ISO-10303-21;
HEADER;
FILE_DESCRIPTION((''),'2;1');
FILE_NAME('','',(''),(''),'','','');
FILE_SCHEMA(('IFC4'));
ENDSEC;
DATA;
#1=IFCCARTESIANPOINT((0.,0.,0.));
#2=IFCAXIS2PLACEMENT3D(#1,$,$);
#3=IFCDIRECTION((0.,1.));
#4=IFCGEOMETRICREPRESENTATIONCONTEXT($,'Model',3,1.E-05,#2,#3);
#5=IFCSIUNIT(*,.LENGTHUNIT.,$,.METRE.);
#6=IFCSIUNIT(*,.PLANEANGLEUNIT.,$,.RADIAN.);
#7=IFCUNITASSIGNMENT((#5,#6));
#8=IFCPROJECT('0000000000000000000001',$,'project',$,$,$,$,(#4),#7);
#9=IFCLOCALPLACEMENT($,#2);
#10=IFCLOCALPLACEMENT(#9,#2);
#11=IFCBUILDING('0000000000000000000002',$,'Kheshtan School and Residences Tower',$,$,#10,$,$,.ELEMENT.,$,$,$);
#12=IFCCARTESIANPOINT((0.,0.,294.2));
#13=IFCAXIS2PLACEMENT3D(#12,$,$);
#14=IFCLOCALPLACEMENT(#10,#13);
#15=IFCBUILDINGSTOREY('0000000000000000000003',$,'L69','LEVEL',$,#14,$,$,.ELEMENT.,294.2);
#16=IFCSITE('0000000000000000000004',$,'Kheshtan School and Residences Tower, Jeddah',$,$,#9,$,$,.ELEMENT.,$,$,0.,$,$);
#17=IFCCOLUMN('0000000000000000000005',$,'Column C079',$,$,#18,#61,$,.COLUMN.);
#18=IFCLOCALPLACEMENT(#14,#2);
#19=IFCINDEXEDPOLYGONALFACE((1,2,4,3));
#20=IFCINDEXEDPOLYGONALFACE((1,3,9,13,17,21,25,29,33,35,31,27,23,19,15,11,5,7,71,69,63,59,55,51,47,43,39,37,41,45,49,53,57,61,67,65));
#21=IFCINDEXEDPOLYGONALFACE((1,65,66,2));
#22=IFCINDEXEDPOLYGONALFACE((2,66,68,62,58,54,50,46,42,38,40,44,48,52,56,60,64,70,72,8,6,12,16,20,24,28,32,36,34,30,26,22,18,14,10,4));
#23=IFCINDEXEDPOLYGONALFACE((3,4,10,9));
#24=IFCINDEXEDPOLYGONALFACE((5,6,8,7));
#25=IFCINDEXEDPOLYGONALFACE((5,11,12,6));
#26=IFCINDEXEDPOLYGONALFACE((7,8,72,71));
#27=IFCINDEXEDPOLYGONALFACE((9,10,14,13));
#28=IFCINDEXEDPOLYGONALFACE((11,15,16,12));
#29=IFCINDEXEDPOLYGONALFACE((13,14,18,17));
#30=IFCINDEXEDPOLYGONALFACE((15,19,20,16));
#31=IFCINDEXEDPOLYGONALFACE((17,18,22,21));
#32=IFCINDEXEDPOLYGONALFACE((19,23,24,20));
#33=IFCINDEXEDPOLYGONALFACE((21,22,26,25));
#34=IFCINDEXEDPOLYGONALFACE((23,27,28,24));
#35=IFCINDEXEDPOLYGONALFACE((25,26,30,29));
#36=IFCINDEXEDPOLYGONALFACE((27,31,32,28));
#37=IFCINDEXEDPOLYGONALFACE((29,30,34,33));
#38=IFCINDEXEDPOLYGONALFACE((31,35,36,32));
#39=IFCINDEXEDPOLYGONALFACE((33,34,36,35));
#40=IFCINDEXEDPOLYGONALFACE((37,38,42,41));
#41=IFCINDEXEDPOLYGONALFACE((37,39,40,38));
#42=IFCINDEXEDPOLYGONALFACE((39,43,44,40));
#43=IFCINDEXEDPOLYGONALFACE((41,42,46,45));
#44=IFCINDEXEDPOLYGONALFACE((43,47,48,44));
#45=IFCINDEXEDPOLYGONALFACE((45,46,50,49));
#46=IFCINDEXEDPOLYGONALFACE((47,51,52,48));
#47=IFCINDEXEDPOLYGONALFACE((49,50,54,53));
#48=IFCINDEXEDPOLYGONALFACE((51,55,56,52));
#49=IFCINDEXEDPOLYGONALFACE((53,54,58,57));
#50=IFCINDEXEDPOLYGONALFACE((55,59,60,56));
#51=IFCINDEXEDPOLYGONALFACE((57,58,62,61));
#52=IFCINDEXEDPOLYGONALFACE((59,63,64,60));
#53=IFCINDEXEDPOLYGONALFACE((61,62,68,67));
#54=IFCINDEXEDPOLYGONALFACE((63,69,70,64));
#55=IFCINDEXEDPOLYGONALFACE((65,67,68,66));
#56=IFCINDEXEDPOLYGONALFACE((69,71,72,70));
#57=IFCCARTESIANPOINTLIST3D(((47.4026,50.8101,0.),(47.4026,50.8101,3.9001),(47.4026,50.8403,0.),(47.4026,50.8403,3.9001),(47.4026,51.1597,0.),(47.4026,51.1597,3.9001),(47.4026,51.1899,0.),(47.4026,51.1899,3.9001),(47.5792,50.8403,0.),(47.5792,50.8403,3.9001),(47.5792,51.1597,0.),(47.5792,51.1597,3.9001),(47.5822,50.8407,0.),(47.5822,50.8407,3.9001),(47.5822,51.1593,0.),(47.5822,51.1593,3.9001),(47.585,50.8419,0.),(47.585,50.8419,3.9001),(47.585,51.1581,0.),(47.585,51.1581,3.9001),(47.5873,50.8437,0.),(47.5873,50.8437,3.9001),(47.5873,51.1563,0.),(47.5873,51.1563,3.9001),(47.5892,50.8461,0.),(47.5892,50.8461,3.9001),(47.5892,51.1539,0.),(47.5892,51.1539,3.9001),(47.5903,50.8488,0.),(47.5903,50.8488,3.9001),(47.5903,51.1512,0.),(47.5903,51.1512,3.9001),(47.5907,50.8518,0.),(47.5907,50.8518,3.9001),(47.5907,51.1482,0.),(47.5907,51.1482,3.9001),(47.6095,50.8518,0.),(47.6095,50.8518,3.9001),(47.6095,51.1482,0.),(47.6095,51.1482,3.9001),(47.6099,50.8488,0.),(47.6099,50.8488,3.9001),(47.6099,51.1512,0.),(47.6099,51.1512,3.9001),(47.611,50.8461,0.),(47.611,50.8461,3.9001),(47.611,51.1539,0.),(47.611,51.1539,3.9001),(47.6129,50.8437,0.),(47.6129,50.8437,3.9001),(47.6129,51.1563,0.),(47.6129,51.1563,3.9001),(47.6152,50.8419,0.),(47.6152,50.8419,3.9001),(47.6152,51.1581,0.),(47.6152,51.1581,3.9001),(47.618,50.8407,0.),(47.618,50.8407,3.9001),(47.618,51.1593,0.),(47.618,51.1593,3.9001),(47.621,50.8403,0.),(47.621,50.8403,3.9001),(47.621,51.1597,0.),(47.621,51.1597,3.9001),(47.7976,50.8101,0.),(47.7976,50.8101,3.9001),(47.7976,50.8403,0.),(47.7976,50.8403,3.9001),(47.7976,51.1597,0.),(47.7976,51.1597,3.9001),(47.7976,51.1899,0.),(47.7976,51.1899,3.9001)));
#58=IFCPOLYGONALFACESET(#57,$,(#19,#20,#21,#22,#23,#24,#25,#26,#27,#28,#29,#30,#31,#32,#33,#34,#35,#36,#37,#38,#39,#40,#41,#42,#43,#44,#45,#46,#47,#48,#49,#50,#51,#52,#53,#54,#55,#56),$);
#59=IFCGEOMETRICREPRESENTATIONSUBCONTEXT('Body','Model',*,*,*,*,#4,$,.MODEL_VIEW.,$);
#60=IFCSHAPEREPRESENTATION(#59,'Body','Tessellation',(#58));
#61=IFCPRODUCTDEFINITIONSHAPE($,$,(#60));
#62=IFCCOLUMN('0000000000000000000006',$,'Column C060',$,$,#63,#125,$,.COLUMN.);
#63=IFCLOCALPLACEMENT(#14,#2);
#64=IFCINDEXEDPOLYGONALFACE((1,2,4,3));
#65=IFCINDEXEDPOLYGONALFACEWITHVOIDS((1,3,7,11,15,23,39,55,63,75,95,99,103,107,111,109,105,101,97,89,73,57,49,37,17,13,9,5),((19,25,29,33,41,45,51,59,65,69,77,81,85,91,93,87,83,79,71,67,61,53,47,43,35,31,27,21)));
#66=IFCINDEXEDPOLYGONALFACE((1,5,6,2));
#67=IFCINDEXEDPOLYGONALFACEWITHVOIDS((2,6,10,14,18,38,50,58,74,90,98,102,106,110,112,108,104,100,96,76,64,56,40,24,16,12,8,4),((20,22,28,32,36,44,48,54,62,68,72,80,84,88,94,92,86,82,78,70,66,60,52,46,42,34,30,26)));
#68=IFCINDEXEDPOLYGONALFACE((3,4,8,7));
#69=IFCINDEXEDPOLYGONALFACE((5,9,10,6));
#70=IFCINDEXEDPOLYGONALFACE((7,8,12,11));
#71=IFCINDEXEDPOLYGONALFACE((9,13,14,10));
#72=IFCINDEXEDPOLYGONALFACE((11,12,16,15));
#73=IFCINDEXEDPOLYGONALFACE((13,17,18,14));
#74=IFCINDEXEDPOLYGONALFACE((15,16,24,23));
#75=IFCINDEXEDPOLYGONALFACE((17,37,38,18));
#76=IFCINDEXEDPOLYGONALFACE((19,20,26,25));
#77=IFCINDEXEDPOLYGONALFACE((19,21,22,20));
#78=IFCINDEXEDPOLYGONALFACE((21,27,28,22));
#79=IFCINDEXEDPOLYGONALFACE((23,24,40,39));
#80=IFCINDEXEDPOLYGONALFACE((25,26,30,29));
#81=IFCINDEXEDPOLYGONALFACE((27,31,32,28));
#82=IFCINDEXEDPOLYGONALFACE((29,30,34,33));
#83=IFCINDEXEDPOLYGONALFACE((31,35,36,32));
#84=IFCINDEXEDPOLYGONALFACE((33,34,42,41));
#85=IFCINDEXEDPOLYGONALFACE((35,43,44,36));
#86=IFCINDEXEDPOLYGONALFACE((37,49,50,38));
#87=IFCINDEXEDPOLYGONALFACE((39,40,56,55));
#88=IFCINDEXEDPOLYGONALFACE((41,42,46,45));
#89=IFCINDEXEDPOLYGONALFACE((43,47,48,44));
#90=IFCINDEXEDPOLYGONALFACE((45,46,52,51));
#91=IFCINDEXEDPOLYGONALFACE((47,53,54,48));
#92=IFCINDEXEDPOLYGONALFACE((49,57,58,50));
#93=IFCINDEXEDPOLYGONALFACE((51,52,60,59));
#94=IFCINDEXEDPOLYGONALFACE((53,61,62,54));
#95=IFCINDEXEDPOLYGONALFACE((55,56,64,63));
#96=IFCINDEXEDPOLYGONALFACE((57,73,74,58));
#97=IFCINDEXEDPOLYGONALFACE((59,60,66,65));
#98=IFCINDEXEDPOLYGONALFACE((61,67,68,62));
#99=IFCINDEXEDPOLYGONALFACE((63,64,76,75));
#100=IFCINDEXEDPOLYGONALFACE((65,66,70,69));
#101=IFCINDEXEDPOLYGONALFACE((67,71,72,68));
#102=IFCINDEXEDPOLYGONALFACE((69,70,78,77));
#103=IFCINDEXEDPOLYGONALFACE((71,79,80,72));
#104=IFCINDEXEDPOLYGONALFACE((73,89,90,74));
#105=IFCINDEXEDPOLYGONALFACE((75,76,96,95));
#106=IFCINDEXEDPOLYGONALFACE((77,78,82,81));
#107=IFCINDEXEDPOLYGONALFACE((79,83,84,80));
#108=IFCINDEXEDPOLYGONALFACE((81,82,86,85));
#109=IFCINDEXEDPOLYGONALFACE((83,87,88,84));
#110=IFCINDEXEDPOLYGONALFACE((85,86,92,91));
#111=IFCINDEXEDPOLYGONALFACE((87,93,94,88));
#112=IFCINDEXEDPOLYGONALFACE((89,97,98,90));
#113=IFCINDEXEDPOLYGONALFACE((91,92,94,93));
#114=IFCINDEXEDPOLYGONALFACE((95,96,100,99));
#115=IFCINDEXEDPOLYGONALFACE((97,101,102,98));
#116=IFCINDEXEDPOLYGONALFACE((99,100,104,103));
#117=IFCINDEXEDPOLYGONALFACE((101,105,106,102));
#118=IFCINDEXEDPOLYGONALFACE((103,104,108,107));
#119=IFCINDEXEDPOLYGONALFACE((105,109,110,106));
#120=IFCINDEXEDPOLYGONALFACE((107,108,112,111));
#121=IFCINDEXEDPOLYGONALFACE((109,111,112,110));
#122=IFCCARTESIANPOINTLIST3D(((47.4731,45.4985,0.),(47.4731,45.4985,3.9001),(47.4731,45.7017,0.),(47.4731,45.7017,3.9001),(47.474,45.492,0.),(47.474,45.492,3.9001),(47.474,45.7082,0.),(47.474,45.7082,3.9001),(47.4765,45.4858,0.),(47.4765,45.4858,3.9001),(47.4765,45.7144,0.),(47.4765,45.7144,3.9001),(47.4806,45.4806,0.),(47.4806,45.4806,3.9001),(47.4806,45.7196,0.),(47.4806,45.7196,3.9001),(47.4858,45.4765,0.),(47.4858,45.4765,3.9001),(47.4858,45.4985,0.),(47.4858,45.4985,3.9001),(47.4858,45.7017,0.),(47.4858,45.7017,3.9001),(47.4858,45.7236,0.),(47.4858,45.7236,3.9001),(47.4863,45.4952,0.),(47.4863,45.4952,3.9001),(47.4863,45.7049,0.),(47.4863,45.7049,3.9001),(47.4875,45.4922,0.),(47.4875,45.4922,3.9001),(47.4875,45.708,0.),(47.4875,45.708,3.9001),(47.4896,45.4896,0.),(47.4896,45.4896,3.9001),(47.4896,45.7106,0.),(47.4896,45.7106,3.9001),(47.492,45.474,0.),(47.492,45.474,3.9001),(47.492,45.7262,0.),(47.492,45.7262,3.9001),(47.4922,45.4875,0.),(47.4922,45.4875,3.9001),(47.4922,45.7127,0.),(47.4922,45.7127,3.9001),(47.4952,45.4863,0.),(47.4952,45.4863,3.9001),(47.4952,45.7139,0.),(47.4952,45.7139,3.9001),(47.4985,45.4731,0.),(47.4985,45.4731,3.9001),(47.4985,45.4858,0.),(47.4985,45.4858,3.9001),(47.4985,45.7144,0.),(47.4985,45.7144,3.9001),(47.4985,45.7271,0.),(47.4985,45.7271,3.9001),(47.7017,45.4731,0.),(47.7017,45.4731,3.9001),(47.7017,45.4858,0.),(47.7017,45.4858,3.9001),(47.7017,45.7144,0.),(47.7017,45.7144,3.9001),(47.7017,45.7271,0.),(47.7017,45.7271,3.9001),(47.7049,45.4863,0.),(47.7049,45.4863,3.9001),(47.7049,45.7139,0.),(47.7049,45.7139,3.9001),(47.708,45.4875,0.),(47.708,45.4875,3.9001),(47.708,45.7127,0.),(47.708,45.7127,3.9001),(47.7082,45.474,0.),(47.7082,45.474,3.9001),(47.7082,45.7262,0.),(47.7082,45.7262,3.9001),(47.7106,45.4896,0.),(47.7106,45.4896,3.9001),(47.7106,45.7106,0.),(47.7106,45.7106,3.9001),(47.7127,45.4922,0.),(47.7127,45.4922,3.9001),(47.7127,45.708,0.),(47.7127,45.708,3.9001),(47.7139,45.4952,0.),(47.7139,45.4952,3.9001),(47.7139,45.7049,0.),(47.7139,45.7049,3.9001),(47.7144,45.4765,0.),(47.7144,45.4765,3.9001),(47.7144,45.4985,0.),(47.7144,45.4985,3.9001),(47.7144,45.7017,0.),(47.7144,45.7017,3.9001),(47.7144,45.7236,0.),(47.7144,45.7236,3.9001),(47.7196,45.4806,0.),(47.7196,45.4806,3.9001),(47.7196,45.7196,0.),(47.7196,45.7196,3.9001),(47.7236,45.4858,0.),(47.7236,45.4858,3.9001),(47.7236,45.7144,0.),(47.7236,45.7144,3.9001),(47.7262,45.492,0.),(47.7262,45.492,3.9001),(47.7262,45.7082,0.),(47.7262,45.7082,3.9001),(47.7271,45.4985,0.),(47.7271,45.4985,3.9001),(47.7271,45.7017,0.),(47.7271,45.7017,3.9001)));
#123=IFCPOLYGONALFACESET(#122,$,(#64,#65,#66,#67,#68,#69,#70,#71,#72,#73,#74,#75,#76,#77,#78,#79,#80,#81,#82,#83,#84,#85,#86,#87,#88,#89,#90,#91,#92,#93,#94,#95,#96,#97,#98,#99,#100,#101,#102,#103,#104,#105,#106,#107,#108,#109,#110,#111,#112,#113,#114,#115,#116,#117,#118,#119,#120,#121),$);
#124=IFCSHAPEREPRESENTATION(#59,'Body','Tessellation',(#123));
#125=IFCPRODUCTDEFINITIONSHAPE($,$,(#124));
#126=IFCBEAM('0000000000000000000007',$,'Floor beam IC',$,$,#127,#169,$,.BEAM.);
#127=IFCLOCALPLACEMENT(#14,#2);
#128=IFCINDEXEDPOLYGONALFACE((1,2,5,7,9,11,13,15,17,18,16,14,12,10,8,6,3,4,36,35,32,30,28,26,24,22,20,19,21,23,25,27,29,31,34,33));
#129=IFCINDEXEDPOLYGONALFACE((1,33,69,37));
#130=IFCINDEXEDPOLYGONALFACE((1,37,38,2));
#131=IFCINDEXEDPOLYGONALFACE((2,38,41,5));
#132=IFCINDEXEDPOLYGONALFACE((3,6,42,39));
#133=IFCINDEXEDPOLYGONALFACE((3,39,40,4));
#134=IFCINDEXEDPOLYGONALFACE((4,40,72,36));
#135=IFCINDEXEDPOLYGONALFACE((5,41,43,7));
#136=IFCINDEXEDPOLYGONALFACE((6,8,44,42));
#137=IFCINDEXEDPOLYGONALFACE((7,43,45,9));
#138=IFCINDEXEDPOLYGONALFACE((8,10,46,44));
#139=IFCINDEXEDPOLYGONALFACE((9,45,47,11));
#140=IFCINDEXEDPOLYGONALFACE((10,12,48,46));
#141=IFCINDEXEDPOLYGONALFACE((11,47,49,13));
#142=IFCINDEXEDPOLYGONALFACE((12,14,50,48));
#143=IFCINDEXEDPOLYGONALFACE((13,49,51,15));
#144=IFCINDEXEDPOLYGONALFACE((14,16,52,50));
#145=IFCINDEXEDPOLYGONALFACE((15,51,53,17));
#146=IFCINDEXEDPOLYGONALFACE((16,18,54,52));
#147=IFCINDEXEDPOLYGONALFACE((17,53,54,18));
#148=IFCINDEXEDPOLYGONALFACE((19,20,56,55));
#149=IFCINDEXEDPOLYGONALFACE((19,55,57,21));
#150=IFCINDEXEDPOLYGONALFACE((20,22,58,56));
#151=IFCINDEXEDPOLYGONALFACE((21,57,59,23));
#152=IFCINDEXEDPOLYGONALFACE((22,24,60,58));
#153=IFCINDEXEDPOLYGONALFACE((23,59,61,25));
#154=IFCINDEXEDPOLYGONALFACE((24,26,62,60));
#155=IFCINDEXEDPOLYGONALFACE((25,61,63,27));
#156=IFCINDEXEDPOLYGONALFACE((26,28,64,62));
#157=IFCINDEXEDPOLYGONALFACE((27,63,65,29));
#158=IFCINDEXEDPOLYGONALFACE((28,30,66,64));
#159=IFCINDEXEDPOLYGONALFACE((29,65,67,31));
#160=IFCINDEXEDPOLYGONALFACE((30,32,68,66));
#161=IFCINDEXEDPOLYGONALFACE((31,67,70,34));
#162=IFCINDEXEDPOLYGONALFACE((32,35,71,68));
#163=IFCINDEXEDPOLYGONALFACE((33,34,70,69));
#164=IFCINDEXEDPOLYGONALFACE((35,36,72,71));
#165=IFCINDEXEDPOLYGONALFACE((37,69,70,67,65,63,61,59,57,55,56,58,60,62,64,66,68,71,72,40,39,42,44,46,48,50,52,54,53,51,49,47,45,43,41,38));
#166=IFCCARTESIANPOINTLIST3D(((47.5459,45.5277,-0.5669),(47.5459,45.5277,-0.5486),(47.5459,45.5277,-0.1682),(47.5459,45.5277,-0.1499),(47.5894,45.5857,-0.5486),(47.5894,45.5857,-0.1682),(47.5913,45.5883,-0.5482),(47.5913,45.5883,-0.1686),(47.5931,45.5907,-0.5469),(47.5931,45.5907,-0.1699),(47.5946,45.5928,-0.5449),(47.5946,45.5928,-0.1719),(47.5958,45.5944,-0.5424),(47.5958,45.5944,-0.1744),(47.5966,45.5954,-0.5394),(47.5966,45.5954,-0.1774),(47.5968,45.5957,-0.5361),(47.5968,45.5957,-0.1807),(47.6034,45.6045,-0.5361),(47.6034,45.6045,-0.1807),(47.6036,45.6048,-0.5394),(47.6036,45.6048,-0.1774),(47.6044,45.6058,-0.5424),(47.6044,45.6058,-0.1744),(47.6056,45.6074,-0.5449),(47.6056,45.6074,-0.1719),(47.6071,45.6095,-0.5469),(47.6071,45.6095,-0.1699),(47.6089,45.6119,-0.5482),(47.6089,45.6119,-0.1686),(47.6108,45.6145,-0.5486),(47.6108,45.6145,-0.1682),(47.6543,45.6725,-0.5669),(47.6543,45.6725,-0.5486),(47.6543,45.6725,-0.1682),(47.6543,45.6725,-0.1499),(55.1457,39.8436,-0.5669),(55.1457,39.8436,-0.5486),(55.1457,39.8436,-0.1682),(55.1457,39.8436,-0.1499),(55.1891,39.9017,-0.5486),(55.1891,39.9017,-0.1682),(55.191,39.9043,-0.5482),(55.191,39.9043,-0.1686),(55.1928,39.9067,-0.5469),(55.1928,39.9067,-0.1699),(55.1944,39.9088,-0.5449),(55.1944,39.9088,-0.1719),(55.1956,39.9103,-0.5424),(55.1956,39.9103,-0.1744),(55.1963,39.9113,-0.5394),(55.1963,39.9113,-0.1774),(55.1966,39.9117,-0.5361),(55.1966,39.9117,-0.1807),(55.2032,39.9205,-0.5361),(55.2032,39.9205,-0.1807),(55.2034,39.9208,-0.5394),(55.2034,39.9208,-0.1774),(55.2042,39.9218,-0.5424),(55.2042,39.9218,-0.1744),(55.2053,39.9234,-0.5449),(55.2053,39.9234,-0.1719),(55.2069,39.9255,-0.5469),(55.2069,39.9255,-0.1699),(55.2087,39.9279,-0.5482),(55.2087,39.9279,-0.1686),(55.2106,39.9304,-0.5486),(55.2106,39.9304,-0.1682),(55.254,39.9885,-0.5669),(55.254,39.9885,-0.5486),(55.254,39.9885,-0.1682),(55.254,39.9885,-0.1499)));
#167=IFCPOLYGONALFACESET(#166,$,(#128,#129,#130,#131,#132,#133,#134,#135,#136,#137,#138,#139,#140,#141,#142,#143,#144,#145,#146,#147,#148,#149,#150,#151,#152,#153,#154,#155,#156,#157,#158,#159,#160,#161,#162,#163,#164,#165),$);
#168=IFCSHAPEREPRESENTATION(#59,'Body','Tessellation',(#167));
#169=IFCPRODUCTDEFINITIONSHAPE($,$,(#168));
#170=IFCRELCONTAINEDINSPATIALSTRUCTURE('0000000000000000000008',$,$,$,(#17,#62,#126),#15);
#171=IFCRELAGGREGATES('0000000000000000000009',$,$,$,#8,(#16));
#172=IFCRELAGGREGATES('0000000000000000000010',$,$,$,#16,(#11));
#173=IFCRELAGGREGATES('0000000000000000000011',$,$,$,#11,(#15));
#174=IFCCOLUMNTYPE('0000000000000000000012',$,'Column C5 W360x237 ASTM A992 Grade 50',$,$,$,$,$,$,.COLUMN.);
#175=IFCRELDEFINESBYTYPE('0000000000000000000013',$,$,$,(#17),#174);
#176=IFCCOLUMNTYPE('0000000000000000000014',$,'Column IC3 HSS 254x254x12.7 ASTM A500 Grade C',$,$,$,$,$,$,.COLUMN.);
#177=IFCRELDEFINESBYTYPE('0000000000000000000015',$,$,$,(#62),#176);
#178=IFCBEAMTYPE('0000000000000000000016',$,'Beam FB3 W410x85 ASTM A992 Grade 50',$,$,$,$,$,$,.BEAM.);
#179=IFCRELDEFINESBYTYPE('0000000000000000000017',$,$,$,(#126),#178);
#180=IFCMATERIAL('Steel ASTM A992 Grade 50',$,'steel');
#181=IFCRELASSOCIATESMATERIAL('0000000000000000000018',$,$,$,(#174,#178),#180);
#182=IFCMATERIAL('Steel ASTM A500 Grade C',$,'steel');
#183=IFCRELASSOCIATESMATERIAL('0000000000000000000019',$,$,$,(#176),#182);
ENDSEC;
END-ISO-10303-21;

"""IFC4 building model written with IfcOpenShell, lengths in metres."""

from ifc_helpers import new_model, si_unit, direction, frame, origin, origin_2d, place, context, subcontext, project, spatial, hollow_rectangle, i_section, extrude, material, material_profile, profile_set, type_object, element, save


model = new_model("IFC4")

# Units and contexts
model_context = context("Model", 3, precision=1e-05, world=origin(), true_north=direction((0.0, 1.0)))
body_context = subcontext(model_context, "Body", "Model", "MODEL_VIEW")
ifc_project = project(units=[si_unit("LENGTHUNIT", "METRE"), si_unit("PLANEANGLEUNIT", "RADIAN")], contexts=[model_context])

# Site, building, storey
site_placement = place(None, origin())
site = spatial("IfcSite", under=ifc_project, at=site_placement, Name="Kheshtan School and Residences Tower, Jeddah", CompositionType="ELEMENT", RefElevation=0.0)
building_placement = place(site_placement, origin())
building = spatial("IfcBuilding", under=site, at=building_placement, Name="Kheshtan School and Residences Tower", CompositionType="ELEMENT")
storey_placement = place(building_placement, frame((0.0, 0.0, 294.2)))
storey = spatial("IfcBuildingStorey", under=building, at=storey_placement, Name="L69", Description="LEVEL", CompositionType="ELEMENT", Elevation=294.2)

# Columns
ifc_material_1 = material(Name="Steel ASTM A992 Grade 50", Category="steel")
ifc_material_profile_1 = material_profile(ifc_material_1, i_section(OverallWidth=0.395, OverallDepth=0.3799, WebThickness=0.0188, FlangeThickness=0.0303, FilletRadius=0.0115, at=origin_2d()), Name="W360x237")
ifc_profile_set_1 = profile_set([ifc_material_profile_1], Name="Steel ASTM A992 Grade 50")
column_type_1 = type_object("IfcColumnType", Name="Column C5 W360x237 ASTM A992 Grade 50", PredefinedType="COLUMN", material=ifc_profile_set_1)
column_1_placement = place(storey_placement, frame((47.6001, 51.0, 0.0), z_axis=(0.0, 0.0, 1.0), x_axis=(1.0, 0.0, 0.0)))
element("IfcColumn", 1, at=column_1_placement, inside=storey, type_object=column_type_1, Name="Column C079", PredefinedType="COLUMN", context=body_context, shape_type="SweptSolid", body=[
    extrude(i_section(OverallWidth=0.395, OverallDepth=0.3799, WebThickness=0.0188, FlangeThickness=0.0303, FilletRadius=0.0115, at=origin_2d()), origin(), (0.0, 0.0, 1.0), 3.9001),
])
ifc_material_2 = material(Name="Steel ASTM A500 Grade C", Category="steel")
ifc_material_profile_2 = material_profile(ifc_material_2, hollow_rectangle(XDim=0.2539, YDim=0.2539, WallThickness=0.0127, InnerFilletRadius=0.0127, OuterFilletRadius=0.0254, at=origin_2d()), Name="HSS 254x254x12.7")
ifc_profile_set_2 = profile_set([ifc_material_profile_2], Name="Steel ASTM A500 Grade C")
column_type_2 = type_object("IfcColumnType", Name="Column IC3 HSS 254x254x12.7 ASTM A500 Grade C", PredefinedType="COLUMN", material=ifc_profile_set_2)
column_2_placement = place(storey_placement, frame((47.6001, 45.6001, 0.0), z_axis=(0.0, 0.0, 1.0), x_axis=(1.0, 0.0, 0.0)))
element("IfcColumn", 2, at=column_2_placement, inside=storey, type_object=column_type_2, Name="Column C060", PredefinedType="COLUMN", context=body_context, shape_type="SweptSolid", body=[
    extrude(hollow_rectangle(XDim=0.2539, YDim=0.2539, WallThickness=0.0127, InnerFilletRadius=0.0127, OuterFilletRadius=0.0254, at=origin_2d()), origin(), (0.0, 0.0, 1.0), 3.9001),
])

# Beam
ifc_material_profile_3 = material_profile(ifc_material_1, i_section(OverallWidth=0.1809, OverallDepth=0.417, WebThickness=0.011, FlangeThickness=0.0183, FilletRadius=0.0125, at=origin_2d()), Name="W410x85")
ifc_profile_set_3 = profile_set([ifc_material_profile_3], Name="Steel ASTM A992 Grade 50")
beam_type_1 = type_object("IfcBeamType", Name="Beam FB3 W410x85 ASTM A992 Grade 50", PredefinedType="BEAM", material=ifc_profile_set_3)
beam_1_placement = place(storey_placement, frame((47.6001, 45.6001, -0.3584), z_axis=(0.800799, -0.598933, 0.0), x_axis=(0.598933, 0.800799, 0.0)))
element("IfcBeam", 3, at=beam_1_placement, inside=storey, type_object=beam_type_1, Name="Floor beam IC", PredefinedType="BEAM", context=body_context, shape_type="SweptSolid", body=[
    extrude(i_section(OverallWidth=0.1809, OverallDepth=0.417, WebThickness=0.011, FlangeThickness=0.0183, FilletRadius=0.0125, at=origin_2d()), origin(), (0.0, 0.0, 1.0), 9.4902),
])

save(model, "model.ifc")
